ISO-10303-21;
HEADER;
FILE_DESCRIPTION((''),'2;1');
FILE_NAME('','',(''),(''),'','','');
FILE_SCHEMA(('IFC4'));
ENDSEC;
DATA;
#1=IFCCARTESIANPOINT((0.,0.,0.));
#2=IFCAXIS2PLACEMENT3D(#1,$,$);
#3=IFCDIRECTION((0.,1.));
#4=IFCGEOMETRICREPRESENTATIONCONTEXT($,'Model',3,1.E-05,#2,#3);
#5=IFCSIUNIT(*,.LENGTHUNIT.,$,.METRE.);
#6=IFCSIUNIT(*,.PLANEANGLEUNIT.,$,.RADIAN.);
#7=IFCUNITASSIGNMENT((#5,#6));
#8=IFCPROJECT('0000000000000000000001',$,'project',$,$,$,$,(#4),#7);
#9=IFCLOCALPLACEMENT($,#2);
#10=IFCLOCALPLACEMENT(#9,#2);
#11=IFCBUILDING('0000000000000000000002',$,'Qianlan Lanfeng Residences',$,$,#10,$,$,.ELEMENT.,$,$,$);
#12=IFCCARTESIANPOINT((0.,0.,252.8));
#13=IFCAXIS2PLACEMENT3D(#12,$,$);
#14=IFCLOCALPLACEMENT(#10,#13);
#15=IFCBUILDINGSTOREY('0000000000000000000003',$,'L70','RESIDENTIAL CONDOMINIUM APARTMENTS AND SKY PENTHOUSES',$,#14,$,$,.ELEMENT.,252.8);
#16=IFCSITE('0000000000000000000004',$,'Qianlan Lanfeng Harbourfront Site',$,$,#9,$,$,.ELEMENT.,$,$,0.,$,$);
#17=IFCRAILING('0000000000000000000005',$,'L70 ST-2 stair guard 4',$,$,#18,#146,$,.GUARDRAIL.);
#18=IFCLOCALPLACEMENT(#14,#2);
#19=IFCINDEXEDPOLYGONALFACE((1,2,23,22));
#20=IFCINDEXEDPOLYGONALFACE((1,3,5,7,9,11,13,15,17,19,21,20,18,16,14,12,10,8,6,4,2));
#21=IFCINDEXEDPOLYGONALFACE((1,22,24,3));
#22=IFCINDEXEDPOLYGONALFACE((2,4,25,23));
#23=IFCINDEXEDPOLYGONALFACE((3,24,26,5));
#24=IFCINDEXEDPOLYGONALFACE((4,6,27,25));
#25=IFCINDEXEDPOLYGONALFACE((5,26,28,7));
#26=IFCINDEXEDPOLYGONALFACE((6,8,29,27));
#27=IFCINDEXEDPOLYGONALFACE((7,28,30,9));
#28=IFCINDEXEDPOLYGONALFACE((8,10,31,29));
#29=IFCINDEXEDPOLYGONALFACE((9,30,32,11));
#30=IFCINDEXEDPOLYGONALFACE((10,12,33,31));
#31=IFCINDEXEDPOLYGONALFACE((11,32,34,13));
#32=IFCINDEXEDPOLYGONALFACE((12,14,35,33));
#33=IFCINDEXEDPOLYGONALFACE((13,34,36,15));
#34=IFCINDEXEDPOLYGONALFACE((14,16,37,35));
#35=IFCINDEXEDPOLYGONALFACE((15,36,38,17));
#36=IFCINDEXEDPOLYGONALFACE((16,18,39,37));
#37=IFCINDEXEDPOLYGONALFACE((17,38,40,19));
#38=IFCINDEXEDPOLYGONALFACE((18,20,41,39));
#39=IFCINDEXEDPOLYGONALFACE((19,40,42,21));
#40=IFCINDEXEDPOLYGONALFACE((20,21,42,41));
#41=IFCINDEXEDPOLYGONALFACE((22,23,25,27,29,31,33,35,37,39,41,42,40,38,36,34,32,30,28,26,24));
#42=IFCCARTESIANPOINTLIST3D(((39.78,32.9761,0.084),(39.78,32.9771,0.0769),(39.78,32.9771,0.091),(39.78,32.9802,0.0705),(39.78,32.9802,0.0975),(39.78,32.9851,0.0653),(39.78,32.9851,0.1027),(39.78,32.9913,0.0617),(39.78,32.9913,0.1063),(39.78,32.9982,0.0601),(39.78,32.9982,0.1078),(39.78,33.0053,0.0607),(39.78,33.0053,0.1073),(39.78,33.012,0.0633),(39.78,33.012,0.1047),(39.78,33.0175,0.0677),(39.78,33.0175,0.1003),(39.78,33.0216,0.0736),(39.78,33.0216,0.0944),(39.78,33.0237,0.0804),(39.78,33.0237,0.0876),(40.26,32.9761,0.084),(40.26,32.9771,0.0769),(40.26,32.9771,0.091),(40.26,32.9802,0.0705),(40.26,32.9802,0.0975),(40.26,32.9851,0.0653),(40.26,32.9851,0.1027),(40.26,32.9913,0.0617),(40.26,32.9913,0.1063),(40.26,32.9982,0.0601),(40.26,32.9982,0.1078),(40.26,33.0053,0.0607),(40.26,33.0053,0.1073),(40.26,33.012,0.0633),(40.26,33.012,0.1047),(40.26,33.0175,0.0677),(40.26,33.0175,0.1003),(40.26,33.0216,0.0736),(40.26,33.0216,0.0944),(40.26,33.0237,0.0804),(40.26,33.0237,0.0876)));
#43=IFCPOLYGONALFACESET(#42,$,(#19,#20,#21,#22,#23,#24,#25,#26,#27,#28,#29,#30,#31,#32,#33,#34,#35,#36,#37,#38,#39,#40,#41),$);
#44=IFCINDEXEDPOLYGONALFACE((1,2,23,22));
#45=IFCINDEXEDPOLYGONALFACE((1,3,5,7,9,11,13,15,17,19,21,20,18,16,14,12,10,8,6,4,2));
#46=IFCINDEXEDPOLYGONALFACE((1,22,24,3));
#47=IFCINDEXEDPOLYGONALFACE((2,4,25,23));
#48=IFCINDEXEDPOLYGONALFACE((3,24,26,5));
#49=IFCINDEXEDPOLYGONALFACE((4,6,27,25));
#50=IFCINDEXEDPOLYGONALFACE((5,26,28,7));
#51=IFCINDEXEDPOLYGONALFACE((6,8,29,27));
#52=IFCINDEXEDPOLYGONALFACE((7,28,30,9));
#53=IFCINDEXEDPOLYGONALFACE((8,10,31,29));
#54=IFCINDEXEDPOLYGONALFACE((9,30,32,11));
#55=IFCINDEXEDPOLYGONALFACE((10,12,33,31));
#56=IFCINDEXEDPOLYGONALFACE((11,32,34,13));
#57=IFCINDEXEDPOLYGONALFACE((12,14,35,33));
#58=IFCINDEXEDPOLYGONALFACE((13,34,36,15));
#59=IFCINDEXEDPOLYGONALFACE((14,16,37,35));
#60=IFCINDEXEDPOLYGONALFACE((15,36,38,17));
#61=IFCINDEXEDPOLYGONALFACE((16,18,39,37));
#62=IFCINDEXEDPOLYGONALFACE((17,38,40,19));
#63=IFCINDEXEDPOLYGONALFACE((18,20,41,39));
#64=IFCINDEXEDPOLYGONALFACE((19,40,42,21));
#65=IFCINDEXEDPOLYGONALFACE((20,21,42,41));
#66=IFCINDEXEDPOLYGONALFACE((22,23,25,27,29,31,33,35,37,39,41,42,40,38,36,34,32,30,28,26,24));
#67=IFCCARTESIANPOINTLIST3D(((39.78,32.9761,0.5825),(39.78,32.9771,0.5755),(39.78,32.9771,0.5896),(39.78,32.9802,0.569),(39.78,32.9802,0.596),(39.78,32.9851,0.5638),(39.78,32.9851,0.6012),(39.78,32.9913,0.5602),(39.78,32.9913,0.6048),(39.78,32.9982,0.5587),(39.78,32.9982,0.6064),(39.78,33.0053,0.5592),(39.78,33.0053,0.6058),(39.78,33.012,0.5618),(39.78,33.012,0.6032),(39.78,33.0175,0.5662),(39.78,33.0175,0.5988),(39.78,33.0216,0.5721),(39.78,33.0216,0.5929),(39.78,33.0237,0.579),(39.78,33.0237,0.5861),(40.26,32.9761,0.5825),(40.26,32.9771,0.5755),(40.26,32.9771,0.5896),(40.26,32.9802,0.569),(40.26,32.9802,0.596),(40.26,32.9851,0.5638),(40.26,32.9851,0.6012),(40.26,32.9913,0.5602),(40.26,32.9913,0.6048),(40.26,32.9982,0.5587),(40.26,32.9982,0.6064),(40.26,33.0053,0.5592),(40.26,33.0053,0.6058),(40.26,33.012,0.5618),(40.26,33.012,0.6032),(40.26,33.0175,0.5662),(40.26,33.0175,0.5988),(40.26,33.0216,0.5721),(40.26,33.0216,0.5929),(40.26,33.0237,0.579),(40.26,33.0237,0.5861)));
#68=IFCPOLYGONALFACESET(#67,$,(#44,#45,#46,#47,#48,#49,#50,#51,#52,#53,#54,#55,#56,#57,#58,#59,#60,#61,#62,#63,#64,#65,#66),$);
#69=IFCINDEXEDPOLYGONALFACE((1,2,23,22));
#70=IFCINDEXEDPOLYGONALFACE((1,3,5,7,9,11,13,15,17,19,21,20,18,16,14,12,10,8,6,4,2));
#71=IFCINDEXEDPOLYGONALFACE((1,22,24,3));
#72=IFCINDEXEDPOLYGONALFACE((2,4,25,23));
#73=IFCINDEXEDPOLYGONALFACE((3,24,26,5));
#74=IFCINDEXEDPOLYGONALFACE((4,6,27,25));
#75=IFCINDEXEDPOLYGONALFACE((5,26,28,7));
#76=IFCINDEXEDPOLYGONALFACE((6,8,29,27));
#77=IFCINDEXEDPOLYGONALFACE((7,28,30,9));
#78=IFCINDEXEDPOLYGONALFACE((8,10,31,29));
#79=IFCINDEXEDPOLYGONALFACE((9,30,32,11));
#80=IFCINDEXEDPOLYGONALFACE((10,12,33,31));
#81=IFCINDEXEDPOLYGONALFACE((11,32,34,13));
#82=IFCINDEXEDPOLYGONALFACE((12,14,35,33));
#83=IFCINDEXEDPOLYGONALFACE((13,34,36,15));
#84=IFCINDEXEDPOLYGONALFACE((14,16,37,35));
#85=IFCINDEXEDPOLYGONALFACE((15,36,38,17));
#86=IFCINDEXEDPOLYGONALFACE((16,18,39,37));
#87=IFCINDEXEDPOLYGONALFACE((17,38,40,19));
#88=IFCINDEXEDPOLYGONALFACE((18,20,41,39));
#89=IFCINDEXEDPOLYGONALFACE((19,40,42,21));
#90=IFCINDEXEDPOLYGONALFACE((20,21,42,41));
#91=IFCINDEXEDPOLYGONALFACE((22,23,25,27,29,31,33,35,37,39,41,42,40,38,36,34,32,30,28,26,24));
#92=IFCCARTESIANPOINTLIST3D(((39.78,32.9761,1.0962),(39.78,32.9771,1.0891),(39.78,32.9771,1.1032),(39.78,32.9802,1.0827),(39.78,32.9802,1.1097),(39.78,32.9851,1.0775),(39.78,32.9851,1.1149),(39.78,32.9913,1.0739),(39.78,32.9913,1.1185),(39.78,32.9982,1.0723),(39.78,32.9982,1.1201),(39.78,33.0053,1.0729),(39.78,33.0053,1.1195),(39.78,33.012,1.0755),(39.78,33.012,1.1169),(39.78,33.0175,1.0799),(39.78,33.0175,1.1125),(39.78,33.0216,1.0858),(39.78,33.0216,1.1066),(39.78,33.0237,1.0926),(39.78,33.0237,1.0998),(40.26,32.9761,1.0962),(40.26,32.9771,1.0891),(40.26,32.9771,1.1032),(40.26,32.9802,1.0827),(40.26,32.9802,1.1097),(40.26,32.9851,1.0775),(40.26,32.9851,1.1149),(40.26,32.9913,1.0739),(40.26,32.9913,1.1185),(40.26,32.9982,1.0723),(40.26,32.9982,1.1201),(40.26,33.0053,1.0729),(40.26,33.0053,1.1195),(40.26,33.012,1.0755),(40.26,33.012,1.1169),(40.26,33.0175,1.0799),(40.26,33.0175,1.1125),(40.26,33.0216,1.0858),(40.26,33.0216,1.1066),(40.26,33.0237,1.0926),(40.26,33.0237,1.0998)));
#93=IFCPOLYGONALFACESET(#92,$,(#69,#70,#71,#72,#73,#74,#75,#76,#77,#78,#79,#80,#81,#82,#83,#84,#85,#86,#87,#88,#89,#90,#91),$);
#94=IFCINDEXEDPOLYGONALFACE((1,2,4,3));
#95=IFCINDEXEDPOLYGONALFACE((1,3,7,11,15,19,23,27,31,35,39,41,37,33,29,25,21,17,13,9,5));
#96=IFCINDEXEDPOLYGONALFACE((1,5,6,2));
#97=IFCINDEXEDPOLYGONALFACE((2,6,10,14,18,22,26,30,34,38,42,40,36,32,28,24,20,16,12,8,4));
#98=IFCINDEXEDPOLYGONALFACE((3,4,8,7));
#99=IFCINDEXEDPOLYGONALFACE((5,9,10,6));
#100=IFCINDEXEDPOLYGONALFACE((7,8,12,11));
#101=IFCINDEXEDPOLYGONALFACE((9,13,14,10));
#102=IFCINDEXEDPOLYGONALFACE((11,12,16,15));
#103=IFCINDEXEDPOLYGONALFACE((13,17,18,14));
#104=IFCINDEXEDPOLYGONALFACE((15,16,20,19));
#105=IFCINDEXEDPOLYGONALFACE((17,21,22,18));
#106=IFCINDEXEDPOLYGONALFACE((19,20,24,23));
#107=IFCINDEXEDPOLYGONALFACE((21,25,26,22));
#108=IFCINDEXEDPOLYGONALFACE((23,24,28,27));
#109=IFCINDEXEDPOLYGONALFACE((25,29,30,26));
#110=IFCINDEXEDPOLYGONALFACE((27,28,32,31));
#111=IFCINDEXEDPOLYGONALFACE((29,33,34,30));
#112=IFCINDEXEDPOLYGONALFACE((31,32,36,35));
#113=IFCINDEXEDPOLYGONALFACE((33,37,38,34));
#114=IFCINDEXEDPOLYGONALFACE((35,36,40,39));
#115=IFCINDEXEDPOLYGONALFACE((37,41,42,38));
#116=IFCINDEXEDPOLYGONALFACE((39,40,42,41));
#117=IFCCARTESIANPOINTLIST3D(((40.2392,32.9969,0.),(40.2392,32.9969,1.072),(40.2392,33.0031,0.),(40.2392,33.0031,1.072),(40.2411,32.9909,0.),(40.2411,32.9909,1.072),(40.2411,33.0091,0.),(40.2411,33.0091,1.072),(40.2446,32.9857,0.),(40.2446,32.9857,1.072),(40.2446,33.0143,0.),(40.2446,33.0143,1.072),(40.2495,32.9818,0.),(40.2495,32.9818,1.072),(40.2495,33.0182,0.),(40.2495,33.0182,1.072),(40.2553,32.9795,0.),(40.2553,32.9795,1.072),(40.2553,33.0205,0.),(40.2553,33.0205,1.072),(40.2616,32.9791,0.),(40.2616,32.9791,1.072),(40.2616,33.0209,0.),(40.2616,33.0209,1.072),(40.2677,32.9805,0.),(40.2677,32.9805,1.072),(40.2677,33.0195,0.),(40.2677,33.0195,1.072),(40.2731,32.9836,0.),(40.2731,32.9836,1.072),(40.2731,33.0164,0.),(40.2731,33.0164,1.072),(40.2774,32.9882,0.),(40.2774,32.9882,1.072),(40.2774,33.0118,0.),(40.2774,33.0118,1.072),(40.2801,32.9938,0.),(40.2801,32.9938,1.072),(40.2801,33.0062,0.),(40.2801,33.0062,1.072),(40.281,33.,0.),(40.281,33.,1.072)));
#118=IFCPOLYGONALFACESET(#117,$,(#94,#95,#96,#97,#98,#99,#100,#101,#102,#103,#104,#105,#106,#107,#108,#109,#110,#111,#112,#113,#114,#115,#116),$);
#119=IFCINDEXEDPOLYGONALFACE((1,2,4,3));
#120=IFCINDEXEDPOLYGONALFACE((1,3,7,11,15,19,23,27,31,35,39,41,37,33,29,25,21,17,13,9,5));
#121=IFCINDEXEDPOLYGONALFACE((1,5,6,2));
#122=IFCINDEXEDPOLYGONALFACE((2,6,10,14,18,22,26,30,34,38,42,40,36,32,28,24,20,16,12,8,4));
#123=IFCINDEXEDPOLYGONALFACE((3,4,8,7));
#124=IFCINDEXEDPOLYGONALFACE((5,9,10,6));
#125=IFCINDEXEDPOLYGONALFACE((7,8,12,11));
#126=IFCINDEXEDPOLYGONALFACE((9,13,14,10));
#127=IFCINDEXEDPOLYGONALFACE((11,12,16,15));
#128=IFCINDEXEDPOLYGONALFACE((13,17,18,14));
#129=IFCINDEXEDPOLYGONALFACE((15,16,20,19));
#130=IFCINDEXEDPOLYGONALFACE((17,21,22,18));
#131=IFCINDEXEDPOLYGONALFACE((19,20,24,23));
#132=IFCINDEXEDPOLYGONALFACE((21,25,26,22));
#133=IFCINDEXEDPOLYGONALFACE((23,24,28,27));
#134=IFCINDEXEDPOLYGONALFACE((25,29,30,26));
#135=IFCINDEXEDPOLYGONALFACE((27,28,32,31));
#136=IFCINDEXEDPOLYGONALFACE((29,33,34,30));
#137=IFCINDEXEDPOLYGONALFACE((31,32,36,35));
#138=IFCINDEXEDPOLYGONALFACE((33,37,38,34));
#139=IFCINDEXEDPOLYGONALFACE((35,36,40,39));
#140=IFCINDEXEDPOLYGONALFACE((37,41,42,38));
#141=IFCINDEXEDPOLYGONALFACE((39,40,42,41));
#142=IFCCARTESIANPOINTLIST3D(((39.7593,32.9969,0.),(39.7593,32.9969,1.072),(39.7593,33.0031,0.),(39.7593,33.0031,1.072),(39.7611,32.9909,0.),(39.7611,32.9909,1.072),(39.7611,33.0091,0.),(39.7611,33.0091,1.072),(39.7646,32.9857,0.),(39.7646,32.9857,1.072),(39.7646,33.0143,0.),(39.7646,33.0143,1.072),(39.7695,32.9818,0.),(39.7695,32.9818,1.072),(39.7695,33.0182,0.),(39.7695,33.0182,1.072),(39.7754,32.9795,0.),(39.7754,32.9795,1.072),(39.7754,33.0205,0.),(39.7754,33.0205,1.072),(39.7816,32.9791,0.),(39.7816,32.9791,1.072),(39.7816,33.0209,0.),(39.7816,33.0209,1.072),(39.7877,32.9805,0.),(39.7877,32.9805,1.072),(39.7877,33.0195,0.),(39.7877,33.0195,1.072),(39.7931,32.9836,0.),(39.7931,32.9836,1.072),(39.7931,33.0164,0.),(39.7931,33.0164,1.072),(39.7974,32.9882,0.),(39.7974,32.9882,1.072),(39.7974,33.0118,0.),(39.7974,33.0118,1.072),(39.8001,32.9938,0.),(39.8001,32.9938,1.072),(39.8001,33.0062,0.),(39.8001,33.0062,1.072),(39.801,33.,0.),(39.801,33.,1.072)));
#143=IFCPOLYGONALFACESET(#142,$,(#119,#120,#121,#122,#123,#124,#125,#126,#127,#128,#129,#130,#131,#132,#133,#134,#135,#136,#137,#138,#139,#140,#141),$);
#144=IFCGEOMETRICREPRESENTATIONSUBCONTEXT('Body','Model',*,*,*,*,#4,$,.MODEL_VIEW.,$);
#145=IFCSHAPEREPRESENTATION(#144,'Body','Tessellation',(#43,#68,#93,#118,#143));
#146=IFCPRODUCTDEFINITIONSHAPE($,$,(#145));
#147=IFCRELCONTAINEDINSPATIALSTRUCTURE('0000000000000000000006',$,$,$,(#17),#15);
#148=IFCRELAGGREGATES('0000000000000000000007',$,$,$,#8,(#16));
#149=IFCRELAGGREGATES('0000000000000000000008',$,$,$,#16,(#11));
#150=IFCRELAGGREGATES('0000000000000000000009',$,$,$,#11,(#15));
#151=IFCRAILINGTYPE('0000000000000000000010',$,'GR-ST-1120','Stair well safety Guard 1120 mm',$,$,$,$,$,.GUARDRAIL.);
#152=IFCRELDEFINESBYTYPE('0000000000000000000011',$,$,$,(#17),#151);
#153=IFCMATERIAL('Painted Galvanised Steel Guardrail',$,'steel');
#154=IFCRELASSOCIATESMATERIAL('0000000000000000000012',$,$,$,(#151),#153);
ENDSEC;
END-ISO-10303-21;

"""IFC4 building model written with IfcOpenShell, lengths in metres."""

from ifc_helpers import new_model, si_unit, direction, frame, origin, origin_2d, place, context, subcontext, project, spatial, circle, extrude, material, type_object, element, save


model = new_model("IFC4")

# Units and contexts
model_context = context("Model", 3, precision=1e-05, world=origin(), true_north=direction((0.0, 1.0)))
body_context = subcontext(model_context, "Body", "Model", "MODEL_VIEW")
ifc_project = project(units=[si_unit("LENGTHUNIT", "METRE"), si_unit("PLANEANGLEUNIT", "RADIAN")], contexts=[model_context])

# Site, building, storey
site_placement = place(None, origin())
site = spatial("IfcSite", under=ifc_project, at=site_placement, Name="Qianlan Lanfeng Harbourfront Site", CompositionType="ELEMENT", RefElevation=0.0)
building_placement = place(site_placement, origin())
building = spatial("IfcBuilding", under=site, at=building_placement, Name="Qianlan Lanfeng Residences", CompositionType="ELEMENT")
storey_placement = place(building_placement, frame((0.0, 0.0, 252.8)))
storey = spatial("IfcBuildingStorey", under=building, at=storey_placement, Name="L70", Description="RESIDENTIAL CONDOMINIUM APARTMENTS AND SKY PENTHOUSES", CompositionType="ELEMENT", Elevation=252.8)

# Railing
ifc_material_1 = material(Name="Painted Galvanised Steel Guardrail", Category="steel")
railing_type_1 = type_object("IfcRailingType", Name="GR-ST-1120", Description="Stair well safety Guard 1120 mm", PredefinedType="GUARDRAIL", material=ifc_material_1)
railing_1_placement = place(storey_placement, frame((40.26, 33.0, 0.0)))
element("IfcRailing", 1, at=railing_1_placement, inside=storey, type_object=railing_type_1, Name="L70 ST-2 stair guard 4", PredefinedType="GUARDRAIL", context=body_context, shape_type="SweptSolid", body=[
    extrude(circle(Radius=0.0239, at=origin_2d()), frame((0.0, 0.0, 0.084), z_axis=(-1.0, 0.0, 0.0), x_axis=(0.0, -1.0, 0.0)), (0.0, 0.0, 1.0), 0.48),
    extrude(circle(Radius=0.0239, at=origin_2d()), frame((0.0, 0.0, 0.5825), z_axis=(-1.0, 0.0, 0.0), x_axis=(0.0, -1.0, 0.0)), (0.0, 0.0, 1.0), 0.48),
    extrude(circle(Radius=0.0239, at=origin_2d()), frame((0.0, 0.0, 1.0962), z_axis=(-1.0, 0.0, 0.0), x_axis=(0.0, -1.0, 0.0)), (0.0, 0.0, 1.0), 0.48),
    extrude(circle(Radius=0.021, at=origin_2d()), origin(), (0.0, 0.0, 1.0), 1.072),
    extrude(circle(Radius=0.021, at=origin_2d()), frame((-0.48, 0.0, 0.0)), (0.0, 0.0, 1.0), 1.072),
])

save(model, "model.ifc")
